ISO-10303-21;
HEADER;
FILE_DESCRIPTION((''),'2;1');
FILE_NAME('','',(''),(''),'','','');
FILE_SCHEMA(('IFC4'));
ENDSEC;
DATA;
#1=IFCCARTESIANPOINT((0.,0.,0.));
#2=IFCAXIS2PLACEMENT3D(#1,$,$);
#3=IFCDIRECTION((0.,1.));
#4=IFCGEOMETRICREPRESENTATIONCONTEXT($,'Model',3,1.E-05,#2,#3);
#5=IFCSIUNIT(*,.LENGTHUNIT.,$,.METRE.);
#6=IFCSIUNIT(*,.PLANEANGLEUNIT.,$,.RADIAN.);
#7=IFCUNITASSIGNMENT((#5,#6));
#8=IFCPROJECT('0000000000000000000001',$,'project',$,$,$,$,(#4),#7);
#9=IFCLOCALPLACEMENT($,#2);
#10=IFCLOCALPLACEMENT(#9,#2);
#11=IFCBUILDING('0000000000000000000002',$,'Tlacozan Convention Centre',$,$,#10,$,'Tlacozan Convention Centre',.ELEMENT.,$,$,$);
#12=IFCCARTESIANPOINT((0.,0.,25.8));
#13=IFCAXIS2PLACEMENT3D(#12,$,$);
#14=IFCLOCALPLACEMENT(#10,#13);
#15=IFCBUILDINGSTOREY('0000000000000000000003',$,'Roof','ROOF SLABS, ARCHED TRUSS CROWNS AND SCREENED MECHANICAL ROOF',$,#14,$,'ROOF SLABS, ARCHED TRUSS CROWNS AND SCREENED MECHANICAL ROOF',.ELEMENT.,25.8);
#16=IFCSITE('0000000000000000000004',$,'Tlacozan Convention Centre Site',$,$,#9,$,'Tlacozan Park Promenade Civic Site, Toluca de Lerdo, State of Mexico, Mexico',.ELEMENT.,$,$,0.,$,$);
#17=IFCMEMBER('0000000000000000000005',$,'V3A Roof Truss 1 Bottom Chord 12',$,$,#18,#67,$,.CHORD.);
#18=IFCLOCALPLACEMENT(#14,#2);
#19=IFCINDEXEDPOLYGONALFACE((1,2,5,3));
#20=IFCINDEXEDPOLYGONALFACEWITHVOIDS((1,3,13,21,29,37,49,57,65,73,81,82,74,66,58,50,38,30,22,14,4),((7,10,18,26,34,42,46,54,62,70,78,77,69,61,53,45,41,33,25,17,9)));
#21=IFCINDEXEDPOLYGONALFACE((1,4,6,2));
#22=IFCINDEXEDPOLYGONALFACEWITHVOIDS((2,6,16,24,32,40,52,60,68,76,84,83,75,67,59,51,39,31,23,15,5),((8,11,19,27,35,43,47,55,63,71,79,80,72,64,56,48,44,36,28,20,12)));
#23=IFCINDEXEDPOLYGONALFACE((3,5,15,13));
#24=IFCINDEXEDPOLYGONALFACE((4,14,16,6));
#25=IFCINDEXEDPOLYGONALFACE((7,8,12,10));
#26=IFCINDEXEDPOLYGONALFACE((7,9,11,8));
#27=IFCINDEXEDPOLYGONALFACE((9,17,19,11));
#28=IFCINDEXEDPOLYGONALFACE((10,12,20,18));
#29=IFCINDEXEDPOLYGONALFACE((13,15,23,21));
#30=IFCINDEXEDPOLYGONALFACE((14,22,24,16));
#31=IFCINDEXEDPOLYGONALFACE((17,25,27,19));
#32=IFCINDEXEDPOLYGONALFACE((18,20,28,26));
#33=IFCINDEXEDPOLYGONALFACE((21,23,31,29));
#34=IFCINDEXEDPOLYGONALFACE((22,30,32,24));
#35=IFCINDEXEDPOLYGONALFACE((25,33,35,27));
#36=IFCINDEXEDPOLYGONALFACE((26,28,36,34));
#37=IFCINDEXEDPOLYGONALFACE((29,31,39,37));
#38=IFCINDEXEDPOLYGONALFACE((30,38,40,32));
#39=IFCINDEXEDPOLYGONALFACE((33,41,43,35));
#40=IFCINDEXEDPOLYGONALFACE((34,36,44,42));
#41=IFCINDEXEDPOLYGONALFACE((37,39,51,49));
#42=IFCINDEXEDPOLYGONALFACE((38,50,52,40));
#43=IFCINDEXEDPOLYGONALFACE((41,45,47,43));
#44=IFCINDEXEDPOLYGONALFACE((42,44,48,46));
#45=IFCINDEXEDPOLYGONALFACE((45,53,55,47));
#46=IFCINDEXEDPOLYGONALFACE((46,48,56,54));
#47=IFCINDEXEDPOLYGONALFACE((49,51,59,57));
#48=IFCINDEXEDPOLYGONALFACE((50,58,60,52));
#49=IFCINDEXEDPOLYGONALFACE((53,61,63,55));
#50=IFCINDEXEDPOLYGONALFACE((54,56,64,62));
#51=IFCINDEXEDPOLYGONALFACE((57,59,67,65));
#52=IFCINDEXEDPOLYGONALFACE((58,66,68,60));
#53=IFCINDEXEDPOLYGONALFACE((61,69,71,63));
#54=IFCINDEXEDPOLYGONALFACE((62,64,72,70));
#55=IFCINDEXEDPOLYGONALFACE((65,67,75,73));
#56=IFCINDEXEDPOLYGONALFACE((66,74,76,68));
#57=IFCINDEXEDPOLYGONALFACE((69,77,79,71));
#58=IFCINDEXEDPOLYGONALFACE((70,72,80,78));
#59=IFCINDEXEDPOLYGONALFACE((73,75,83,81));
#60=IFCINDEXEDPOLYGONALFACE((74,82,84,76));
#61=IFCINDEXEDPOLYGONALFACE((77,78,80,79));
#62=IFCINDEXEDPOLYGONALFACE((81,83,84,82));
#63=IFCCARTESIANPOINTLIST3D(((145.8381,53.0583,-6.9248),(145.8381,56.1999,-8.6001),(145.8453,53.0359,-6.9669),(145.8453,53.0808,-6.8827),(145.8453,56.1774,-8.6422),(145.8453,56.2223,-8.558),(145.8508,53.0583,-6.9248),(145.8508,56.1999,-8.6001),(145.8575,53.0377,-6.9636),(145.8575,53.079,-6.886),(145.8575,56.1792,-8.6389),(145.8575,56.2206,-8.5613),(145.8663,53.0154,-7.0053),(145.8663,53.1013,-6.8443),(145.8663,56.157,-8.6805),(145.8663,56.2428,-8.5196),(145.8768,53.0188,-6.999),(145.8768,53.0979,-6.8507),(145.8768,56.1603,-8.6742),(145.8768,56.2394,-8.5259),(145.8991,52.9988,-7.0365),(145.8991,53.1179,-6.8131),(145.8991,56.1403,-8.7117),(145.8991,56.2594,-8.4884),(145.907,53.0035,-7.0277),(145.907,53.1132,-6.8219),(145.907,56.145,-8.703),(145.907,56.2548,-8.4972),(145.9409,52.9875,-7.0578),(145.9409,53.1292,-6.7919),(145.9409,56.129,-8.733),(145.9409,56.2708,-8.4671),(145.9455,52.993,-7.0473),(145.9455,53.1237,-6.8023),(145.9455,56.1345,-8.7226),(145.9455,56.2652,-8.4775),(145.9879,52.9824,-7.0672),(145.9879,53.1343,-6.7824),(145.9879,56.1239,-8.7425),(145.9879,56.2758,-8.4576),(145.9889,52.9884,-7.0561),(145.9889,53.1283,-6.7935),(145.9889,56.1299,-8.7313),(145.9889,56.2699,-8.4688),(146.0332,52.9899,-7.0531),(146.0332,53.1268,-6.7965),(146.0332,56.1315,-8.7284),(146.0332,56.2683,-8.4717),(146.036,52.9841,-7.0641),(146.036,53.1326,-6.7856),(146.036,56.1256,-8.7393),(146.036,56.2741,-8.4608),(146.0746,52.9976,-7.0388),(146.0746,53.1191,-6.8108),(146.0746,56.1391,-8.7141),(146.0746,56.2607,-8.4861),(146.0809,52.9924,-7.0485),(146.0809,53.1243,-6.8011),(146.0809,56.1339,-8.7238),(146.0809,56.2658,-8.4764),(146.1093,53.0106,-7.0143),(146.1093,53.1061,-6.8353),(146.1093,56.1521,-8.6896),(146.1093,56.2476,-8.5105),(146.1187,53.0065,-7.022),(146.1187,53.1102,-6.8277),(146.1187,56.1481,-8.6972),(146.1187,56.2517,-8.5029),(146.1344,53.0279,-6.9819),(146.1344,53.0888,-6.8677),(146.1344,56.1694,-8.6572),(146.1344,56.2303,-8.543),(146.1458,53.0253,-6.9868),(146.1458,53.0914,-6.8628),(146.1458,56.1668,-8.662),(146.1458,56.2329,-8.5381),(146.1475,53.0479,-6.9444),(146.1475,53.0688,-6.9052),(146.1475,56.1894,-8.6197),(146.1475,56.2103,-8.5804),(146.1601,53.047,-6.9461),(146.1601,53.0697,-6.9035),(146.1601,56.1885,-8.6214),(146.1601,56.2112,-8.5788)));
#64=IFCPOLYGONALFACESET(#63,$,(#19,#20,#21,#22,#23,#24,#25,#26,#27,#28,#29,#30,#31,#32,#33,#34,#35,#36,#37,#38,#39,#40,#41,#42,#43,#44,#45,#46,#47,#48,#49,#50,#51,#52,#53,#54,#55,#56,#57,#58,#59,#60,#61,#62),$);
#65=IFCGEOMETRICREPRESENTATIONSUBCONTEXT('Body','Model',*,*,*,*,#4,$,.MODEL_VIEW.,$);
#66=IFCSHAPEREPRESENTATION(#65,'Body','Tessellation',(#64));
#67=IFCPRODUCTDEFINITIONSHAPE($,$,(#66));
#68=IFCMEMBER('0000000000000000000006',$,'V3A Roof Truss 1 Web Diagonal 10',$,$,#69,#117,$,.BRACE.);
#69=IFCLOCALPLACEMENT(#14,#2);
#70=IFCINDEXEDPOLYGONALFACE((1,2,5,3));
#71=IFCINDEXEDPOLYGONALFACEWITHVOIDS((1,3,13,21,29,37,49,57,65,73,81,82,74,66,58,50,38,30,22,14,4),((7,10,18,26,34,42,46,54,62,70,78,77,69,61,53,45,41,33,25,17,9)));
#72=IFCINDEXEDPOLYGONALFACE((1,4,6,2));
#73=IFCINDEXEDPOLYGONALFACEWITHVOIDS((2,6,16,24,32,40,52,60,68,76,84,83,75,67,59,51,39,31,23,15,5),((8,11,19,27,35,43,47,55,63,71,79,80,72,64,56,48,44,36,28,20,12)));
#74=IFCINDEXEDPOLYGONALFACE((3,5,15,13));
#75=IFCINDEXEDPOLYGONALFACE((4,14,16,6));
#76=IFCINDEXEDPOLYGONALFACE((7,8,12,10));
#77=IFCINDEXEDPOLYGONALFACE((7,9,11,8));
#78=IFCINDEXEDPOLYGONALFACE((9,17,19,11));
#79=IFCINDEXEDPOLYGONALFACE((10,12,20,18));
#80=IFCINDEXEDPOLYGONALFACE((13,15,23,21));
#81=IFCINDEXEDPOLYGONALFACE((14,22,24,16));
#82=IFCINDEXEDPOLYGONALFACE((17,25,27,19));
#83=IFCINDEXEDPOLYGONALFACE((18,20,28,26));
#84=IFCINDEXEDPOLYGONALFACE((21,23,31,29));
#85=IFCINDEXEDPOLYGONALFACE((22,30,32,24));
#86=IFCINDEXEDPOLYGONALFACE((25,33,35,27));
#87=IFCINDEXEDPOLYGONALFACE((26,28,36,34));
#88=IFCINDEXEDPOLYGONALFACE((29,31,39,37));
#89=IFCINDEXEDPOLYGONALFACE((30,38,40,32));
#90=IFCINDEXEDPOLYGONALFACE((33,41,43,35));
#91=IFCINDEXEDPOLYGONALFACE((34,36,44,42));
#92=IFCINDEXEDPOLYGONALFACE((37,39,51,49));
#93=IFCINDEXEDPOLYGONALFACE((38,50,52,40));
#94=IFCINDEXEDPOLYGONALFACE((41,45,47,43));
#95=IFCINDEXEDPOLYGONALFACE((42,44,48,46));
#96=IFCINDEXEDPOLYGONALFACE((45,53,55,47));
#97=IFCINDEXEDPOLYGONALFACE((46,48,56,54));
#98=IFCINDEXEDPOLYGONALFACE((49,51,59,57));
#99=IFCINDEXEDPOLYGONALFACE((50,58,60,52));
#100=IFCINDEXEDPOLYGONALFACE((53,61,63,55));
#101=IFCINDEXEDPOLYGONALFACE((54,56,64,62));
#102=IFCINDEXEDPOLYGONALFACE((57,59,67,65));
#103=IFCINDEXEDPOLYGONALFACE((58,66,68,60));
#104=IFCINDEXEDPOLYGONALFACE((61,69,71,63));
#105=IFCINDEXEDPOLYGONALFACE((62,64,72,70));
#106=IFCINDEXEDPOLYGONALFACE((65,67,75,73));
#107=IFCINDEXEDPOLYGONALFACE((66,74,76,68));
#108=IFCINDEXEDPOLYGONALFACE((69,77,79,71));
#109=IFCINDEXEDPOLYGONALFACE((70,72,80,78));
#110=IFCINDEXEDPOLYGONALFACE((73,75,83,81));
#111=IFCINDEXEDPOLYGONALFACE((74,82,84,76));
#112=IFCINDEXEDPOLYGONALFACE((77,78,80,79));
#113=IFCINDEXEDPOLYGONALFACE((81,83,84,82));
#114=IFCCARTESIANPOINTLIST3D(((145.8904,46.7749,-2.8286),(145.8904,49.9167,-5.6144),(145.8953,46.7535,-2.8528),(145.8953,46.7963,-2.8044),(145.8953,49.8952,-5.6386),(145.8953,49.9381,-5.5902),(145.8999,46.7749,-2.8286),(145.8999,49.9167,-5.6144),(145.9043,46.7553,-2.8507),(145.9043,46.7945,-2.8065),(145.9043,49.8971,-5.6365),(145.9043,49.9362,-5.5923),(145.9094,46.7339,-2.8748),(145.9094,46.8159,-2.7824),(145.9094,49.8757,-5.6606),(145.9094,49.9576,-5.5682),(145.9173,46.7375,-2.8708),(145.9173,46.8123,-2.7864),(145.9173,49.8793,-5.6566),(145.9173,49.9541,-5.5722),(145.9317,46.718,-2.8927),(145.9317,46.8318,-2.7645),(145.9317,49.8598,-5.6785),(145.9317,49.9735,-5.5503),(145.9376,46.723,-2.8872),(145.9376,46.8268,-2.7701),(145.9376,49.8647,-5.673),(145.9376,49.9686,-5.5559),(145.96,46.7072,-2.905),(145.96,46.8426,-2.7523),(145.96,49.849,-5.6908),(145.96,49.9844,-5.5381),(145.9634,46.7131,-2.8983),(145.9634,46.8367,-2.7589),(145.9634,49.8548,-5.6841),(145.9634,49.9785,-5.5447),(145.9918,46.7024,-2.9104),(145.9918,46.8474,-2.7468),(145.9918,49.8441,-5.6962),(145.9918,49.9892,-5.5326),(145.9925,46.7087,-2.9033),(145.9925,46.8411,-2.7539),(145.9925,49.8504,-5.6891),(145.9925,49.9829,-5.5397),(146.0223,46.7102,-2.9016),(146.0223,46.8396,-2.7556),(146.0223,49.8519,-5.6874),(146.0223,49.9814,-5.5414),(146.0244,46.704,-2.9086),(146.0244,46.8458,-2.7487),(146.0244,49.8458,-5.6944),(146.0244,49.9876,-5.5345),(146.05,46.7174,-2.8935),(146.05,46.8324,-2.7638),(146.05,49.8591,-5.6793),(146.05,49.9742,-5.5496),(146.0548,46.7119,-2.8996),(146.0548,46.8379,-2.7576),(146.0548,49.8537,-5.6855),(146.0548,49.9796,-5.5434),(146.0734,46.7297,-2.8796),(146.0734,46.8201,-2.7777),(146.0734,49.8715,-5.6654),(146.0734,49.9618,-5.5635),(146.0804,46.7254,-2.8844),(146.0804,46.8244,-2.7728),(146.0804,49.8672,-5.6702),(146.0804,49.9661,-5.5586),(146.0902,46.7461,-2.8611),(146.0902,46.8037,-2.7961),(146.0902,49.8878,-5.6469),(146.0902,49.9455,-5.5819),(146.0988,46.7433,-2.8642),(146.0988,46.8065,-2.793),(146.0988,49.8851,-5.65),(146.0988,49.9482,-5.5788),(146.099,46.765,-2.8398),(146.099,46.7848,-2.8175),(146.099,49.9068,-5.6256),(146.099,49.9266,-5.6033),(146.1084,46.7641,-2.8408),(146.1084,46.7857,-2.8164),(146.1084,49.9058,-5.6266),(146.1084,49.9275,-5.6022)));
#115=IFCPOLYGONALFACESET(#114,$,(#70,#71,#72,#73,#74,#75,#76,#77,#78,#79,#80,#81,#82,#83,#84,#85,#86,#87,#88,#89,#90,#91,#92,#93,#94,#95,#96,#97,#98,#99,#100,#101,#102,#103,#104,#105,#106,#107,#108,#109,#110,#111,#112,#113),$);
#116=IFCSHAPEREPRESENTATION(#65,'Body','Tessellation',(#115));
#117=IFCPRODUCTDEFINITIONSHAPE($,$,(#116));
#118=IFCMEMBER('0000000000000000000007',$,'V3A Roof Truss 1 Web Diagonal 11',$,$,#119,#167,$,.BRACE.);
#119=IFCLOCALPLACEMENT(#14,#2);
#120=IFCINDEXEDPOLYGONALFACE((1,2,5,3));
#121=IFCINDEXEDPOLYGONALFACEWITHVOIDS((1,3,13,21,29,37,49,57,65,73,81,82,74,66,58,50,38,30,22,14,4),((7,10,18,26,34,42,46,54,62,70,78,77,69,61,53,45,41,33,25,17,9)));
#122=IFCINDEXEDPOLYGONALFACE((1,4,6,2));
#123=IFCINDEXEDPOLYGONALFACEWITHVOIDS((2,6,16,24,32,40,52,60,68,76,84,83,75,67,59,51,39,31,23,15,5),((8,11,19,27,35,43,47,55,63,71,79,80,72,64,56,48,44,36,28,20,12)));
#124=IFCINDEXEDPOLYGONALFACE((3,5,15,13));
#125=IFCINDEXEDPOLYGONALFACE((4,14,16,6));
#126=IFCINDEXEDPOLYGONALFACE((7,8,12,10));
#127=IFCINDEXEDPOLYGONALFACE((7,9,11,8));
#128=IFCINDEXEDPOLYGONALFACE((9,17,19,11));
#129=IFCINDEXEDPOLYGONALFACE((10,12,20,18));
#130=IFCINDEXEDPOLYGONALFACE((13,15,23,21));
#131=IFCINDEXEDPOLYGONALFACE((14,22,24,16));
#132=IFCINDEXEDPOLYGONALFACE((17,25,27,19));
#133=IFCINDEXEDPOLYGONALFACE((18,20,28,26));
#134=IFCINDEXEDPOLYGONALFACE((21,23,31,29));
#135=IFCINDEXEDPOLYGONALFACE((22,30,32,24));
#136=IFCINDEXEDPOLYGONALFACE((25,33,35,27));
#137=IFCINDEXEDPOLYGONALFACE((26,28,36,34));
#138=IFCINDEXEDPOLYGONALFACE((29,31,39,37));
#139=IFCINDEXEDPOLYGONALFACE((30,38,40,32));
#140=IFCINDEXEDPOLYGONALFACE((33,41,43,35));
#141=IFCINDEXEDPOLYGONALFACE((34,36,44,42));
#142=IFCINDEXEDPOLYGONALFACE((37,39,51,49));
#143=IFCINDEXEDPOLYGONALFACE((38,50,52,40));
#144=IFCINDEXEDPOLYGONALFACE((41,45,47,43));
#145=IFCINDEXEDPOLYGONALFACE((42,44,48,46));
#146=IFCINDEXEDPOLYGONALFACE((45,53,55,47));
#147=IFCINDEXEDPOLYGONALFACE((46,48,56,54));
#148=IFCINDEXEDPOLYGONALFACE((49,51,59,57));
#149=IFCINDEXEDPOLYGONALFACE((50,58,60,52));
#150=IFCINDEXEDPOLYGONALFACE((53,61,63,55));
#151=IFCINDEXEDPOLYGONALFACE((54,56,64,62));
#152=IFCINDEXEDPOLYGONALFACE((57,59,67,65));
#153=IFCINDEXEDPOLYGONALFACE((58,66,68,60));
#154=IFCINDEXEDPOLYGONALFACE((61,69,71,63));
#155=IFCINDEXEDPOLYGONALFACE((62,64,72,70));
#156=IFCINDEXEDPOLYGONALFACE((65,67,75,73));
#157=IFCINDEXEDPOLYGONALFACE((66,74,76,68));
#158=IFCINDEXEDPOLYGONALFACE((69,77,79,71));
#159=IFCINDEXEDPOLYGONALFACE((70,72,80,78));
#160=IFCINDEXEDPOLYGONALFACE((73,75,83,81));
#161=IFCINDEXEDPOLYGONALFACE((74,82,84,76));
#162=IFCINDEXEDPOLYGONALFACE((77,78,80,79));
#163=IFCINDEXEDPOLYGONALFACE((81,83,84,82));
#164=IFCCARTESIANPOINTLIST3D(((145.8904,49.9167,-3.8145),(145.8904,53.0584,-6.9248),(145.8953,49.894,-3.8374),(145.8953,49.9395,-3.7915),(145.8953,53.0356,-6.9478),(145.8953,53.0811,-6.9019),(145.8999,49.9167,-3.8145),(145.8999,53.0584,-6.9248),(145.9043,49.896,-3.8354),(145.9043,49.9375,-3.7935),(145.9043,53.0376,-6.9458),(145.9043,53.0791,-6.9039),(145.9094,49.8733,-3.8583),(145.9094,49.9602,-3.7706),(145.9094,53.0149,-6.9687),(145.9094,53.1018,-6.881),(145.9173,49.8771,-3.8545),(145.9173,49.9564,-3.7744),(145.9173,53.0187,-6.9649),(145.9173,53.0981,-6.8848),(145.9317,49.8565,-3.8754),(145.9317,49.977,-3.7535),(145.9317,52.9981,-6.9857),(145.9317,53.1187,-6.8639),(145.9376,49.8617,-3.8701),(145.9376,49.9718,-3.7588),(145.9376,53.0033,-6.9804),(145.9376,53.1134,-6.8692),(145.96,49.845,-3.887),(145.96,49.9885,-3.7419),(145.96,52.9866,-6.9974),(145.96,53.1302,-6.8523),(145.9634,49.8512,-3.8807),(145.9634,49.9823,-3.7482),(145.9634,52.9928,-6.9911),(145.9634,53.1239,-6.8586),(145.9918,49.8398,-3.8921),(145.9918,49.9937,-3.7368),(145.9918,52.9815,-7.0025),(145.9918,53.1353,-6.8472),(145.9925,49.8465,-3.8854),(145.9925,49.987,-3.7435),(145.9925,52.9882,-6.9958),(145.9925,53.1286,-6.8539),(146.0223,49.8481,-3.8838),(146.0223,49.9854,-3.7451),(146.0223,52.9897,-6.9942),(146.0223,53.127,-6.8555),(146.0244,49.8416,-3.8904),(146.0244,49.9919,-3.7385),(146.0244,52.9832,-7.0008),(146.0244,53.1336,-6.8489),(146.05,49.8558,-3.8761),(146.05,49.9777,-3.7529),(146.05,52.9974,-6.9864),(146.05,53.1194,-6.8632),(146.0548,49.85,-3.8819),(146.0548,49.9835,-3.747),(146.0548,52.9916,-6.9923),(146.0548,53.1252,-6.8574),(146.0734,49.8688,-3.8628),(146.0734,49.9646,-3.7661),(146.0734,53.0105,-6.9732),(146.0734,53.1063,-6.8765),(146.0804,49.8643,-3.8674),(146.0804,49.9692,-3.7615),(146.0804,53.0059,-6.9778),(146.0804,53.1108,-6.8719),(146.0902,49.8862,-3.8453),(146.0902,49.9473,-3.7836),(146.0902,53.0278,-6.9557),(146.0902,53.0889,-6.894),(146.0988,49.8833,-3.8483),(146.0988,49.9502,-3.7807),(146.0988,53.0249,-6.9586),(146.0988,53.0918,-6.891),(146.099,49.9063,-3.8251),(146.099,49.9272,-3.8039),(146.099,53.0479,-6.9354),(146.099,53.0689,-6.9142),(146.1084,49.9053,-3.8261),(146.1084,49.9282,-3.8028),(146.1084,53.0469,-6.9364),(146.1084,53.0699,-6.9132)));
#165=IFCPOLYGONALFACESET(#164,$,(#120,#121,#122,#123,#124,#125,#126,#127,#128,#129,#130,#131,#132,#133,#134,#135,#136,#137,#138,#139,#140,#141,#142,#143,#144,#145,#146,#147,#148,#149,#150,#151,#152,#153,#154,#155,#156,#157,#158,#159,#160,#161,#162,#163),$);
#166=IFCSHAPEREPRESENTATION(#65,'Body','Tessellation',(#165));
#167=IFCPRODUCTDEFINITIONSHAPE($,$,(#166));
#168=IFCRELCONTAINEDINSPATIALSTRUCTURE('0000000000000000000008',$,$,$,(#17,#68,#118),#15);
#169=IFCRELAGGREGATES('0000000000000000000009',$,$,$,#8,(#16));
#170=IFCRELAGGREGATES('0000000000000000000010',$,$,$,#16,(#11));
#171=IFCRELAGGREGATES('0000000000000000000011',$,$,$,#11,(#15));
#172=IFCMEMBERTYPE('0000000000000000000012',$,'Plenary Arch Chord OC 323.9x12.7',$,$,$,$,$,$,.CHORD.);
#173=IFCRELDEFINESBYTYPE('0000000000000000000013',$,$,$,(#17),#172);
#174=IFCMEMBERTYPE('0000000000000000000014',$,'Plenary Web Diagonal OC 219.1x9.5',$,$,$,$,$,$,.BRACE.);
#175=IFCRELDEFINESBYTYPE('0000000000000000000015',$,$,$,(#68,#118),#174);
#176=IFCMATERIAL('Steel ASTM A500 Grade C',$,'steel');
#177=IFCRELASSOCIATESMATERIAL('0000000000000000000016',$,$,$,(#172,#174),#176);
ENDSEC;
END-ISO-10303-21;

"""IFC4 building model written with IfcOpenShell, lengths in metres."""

from ifc_helpers import new_model, si_unit, direction, frame, origin, origin_2d, place, context, subcontext, project, spatial, hollow_circle, extrude, material, material_profile, profile_set, type_object, element, save


model = new_model("IFC4")

# Units and contexts
model_context = context("Model", 3, precision=1e-05, world=origin(), true_north=direction((0.0, 1.0)))
body_context = subcontext(model_context, "Body", "Model", "MODEL_VIEW")
ifc_project = project(units=[si_unit("LENGTHUNIT", "METRE"), si_unit("PLANEANGLEUNIT", "RADIAN")], contexts=[model_context])

# Site, building, storey
site_placement = place(None, origin())
site = spatial("IfcSite", under=ifc_project, at=site_placement, Name="Tlacozan Convention Centre Site", LongName="Tlacozan Park Promenade Civic Site, Toluca de Lerdo, State of Mexico, Mexico", CompositionType="ELEMENT", RefElevation=0.0)
building_placement = place(site_placement, origin())
building = spatial("IfcBuilding", under=site, at=building_placement, Name="Tlacozan Convention Centre", LongName="Tlacozan Convention Centre", CompositionType="ELEMENT")
storey_placement = place(building_placement, frame((0.0, 0.0, 25.8)))
storey = spatial("IfcBuildingStorey", under=building, at=storey_placement, Name="Roof", Description="ROOF SLABS, ARCHED TRUSS CROWNS AND SCREENED MECHANICAL ROOF", LongName="ROOF SLABS, ARCHED TRUSS CROWNS AND SCREENED MECHANICAL ROOF", CompositionType="ELEMENT", Elevation=25.8)

# Members
ifc_material_1 = material(Name="Steel ASTM A500 Grade C", Category="steel")
ifc_material_profile_1 = material_profile(ifc_material_1, hollow_circle(Radius=0.1619, WallThickness=0.0127, at=origin_2d()), Name="OC 323.9x12.7")
ifc_profile_set_1 = profile_set([ifc_material_profile_1], Name="Steel ASTM A500 Grade C")
member_type_1 = type_object("IfcMemberType", Name="Plenary Arch Chord OC 323.9x12.7", PredefinedType="CHORD", material=ifc_profile_set_1)
for number, where, z_axis, x_axis, name in (
    (1, (146.0, 53.0583, -6.9248), (0.0, 0.88238, -0.470538), (-1.0, 0.0, 0.0), "V3A Roof Truss 1 Bottom Chord 12"),
):
    element("IfcMember", number, at=place(storey_placement, frame(where, z_axis=z_axis, x_axis=x_axis)), inside=storey, type_object=member_type_1, Name=name, PredefinedType="CHORD", context=body_context, shape_type="SweptSolid", body=[
        extrude(hollow_circle(Radius=0.1619, WallThickness=0.0127, at=origin_2d()), origin(), (0.0, 0.0, 1.0), 3.5603),
    ])
ifc_material_profile_2 = material_profile(ifc_material_1, hollow_circle(Radius=0.1096, WallThickness=0.0095, at=origin_2d()), Name="OC 219.1x9.5")
ifc_profile_set_2 = profile_set([ifc_material_profile_2], Name="Steel ASTM A500 Grade C")
member_type_2 = type_object("IfcMemberType", Name="Plenary Web Diagonal OC 219.1x9.5", PredefinedType="BRACE", material=ifc_profile_set_2)
member_1_placement = place(storey_placement, frame((146.0, 46.7749, -2.8286), z_axis=(0.0, 0.74822, -0.66345), x_axis=(-1.0, 0.0, 0.0)))
element("IfcMember", 2, at=member_1_placement, inside=storey, type_object=member_type_2, Name="V3A Roof Truss 1 Web Diagonal 10", PredefinedType="BRACE", context=body_context, shape_type="SweptSolid", body=[
    extrude(hollow_circle(Radius=0.1096, WallThickness=0.0095, at=origin_2d()), origin(), (0.0, 0.0, 1.0), 4.199),
])
member_2_placement = place(storey_placement, frame((146.0, 49.9167, -3.8145), z_axis=(0.0, 0.710632, -0.703564), x_axis=(-1.0, 0.0, 0.0)))
element("IfcMember", 3, at=member_2_placement, inside=storey, type_object=member_type_2, Name="V3A Roof Truss 1 Web Diagonal 11", PredefinedType="BRACE", context=body_context, shape_type="SweptSolid", body=[
    extrude(hollow_circle(Radius=0.1096, WallThickness=0.0095, at=origin_2d()), origin(), (0.0, 0.0, 1.0), 4.4209),
])

save(model, "model.ifc")
